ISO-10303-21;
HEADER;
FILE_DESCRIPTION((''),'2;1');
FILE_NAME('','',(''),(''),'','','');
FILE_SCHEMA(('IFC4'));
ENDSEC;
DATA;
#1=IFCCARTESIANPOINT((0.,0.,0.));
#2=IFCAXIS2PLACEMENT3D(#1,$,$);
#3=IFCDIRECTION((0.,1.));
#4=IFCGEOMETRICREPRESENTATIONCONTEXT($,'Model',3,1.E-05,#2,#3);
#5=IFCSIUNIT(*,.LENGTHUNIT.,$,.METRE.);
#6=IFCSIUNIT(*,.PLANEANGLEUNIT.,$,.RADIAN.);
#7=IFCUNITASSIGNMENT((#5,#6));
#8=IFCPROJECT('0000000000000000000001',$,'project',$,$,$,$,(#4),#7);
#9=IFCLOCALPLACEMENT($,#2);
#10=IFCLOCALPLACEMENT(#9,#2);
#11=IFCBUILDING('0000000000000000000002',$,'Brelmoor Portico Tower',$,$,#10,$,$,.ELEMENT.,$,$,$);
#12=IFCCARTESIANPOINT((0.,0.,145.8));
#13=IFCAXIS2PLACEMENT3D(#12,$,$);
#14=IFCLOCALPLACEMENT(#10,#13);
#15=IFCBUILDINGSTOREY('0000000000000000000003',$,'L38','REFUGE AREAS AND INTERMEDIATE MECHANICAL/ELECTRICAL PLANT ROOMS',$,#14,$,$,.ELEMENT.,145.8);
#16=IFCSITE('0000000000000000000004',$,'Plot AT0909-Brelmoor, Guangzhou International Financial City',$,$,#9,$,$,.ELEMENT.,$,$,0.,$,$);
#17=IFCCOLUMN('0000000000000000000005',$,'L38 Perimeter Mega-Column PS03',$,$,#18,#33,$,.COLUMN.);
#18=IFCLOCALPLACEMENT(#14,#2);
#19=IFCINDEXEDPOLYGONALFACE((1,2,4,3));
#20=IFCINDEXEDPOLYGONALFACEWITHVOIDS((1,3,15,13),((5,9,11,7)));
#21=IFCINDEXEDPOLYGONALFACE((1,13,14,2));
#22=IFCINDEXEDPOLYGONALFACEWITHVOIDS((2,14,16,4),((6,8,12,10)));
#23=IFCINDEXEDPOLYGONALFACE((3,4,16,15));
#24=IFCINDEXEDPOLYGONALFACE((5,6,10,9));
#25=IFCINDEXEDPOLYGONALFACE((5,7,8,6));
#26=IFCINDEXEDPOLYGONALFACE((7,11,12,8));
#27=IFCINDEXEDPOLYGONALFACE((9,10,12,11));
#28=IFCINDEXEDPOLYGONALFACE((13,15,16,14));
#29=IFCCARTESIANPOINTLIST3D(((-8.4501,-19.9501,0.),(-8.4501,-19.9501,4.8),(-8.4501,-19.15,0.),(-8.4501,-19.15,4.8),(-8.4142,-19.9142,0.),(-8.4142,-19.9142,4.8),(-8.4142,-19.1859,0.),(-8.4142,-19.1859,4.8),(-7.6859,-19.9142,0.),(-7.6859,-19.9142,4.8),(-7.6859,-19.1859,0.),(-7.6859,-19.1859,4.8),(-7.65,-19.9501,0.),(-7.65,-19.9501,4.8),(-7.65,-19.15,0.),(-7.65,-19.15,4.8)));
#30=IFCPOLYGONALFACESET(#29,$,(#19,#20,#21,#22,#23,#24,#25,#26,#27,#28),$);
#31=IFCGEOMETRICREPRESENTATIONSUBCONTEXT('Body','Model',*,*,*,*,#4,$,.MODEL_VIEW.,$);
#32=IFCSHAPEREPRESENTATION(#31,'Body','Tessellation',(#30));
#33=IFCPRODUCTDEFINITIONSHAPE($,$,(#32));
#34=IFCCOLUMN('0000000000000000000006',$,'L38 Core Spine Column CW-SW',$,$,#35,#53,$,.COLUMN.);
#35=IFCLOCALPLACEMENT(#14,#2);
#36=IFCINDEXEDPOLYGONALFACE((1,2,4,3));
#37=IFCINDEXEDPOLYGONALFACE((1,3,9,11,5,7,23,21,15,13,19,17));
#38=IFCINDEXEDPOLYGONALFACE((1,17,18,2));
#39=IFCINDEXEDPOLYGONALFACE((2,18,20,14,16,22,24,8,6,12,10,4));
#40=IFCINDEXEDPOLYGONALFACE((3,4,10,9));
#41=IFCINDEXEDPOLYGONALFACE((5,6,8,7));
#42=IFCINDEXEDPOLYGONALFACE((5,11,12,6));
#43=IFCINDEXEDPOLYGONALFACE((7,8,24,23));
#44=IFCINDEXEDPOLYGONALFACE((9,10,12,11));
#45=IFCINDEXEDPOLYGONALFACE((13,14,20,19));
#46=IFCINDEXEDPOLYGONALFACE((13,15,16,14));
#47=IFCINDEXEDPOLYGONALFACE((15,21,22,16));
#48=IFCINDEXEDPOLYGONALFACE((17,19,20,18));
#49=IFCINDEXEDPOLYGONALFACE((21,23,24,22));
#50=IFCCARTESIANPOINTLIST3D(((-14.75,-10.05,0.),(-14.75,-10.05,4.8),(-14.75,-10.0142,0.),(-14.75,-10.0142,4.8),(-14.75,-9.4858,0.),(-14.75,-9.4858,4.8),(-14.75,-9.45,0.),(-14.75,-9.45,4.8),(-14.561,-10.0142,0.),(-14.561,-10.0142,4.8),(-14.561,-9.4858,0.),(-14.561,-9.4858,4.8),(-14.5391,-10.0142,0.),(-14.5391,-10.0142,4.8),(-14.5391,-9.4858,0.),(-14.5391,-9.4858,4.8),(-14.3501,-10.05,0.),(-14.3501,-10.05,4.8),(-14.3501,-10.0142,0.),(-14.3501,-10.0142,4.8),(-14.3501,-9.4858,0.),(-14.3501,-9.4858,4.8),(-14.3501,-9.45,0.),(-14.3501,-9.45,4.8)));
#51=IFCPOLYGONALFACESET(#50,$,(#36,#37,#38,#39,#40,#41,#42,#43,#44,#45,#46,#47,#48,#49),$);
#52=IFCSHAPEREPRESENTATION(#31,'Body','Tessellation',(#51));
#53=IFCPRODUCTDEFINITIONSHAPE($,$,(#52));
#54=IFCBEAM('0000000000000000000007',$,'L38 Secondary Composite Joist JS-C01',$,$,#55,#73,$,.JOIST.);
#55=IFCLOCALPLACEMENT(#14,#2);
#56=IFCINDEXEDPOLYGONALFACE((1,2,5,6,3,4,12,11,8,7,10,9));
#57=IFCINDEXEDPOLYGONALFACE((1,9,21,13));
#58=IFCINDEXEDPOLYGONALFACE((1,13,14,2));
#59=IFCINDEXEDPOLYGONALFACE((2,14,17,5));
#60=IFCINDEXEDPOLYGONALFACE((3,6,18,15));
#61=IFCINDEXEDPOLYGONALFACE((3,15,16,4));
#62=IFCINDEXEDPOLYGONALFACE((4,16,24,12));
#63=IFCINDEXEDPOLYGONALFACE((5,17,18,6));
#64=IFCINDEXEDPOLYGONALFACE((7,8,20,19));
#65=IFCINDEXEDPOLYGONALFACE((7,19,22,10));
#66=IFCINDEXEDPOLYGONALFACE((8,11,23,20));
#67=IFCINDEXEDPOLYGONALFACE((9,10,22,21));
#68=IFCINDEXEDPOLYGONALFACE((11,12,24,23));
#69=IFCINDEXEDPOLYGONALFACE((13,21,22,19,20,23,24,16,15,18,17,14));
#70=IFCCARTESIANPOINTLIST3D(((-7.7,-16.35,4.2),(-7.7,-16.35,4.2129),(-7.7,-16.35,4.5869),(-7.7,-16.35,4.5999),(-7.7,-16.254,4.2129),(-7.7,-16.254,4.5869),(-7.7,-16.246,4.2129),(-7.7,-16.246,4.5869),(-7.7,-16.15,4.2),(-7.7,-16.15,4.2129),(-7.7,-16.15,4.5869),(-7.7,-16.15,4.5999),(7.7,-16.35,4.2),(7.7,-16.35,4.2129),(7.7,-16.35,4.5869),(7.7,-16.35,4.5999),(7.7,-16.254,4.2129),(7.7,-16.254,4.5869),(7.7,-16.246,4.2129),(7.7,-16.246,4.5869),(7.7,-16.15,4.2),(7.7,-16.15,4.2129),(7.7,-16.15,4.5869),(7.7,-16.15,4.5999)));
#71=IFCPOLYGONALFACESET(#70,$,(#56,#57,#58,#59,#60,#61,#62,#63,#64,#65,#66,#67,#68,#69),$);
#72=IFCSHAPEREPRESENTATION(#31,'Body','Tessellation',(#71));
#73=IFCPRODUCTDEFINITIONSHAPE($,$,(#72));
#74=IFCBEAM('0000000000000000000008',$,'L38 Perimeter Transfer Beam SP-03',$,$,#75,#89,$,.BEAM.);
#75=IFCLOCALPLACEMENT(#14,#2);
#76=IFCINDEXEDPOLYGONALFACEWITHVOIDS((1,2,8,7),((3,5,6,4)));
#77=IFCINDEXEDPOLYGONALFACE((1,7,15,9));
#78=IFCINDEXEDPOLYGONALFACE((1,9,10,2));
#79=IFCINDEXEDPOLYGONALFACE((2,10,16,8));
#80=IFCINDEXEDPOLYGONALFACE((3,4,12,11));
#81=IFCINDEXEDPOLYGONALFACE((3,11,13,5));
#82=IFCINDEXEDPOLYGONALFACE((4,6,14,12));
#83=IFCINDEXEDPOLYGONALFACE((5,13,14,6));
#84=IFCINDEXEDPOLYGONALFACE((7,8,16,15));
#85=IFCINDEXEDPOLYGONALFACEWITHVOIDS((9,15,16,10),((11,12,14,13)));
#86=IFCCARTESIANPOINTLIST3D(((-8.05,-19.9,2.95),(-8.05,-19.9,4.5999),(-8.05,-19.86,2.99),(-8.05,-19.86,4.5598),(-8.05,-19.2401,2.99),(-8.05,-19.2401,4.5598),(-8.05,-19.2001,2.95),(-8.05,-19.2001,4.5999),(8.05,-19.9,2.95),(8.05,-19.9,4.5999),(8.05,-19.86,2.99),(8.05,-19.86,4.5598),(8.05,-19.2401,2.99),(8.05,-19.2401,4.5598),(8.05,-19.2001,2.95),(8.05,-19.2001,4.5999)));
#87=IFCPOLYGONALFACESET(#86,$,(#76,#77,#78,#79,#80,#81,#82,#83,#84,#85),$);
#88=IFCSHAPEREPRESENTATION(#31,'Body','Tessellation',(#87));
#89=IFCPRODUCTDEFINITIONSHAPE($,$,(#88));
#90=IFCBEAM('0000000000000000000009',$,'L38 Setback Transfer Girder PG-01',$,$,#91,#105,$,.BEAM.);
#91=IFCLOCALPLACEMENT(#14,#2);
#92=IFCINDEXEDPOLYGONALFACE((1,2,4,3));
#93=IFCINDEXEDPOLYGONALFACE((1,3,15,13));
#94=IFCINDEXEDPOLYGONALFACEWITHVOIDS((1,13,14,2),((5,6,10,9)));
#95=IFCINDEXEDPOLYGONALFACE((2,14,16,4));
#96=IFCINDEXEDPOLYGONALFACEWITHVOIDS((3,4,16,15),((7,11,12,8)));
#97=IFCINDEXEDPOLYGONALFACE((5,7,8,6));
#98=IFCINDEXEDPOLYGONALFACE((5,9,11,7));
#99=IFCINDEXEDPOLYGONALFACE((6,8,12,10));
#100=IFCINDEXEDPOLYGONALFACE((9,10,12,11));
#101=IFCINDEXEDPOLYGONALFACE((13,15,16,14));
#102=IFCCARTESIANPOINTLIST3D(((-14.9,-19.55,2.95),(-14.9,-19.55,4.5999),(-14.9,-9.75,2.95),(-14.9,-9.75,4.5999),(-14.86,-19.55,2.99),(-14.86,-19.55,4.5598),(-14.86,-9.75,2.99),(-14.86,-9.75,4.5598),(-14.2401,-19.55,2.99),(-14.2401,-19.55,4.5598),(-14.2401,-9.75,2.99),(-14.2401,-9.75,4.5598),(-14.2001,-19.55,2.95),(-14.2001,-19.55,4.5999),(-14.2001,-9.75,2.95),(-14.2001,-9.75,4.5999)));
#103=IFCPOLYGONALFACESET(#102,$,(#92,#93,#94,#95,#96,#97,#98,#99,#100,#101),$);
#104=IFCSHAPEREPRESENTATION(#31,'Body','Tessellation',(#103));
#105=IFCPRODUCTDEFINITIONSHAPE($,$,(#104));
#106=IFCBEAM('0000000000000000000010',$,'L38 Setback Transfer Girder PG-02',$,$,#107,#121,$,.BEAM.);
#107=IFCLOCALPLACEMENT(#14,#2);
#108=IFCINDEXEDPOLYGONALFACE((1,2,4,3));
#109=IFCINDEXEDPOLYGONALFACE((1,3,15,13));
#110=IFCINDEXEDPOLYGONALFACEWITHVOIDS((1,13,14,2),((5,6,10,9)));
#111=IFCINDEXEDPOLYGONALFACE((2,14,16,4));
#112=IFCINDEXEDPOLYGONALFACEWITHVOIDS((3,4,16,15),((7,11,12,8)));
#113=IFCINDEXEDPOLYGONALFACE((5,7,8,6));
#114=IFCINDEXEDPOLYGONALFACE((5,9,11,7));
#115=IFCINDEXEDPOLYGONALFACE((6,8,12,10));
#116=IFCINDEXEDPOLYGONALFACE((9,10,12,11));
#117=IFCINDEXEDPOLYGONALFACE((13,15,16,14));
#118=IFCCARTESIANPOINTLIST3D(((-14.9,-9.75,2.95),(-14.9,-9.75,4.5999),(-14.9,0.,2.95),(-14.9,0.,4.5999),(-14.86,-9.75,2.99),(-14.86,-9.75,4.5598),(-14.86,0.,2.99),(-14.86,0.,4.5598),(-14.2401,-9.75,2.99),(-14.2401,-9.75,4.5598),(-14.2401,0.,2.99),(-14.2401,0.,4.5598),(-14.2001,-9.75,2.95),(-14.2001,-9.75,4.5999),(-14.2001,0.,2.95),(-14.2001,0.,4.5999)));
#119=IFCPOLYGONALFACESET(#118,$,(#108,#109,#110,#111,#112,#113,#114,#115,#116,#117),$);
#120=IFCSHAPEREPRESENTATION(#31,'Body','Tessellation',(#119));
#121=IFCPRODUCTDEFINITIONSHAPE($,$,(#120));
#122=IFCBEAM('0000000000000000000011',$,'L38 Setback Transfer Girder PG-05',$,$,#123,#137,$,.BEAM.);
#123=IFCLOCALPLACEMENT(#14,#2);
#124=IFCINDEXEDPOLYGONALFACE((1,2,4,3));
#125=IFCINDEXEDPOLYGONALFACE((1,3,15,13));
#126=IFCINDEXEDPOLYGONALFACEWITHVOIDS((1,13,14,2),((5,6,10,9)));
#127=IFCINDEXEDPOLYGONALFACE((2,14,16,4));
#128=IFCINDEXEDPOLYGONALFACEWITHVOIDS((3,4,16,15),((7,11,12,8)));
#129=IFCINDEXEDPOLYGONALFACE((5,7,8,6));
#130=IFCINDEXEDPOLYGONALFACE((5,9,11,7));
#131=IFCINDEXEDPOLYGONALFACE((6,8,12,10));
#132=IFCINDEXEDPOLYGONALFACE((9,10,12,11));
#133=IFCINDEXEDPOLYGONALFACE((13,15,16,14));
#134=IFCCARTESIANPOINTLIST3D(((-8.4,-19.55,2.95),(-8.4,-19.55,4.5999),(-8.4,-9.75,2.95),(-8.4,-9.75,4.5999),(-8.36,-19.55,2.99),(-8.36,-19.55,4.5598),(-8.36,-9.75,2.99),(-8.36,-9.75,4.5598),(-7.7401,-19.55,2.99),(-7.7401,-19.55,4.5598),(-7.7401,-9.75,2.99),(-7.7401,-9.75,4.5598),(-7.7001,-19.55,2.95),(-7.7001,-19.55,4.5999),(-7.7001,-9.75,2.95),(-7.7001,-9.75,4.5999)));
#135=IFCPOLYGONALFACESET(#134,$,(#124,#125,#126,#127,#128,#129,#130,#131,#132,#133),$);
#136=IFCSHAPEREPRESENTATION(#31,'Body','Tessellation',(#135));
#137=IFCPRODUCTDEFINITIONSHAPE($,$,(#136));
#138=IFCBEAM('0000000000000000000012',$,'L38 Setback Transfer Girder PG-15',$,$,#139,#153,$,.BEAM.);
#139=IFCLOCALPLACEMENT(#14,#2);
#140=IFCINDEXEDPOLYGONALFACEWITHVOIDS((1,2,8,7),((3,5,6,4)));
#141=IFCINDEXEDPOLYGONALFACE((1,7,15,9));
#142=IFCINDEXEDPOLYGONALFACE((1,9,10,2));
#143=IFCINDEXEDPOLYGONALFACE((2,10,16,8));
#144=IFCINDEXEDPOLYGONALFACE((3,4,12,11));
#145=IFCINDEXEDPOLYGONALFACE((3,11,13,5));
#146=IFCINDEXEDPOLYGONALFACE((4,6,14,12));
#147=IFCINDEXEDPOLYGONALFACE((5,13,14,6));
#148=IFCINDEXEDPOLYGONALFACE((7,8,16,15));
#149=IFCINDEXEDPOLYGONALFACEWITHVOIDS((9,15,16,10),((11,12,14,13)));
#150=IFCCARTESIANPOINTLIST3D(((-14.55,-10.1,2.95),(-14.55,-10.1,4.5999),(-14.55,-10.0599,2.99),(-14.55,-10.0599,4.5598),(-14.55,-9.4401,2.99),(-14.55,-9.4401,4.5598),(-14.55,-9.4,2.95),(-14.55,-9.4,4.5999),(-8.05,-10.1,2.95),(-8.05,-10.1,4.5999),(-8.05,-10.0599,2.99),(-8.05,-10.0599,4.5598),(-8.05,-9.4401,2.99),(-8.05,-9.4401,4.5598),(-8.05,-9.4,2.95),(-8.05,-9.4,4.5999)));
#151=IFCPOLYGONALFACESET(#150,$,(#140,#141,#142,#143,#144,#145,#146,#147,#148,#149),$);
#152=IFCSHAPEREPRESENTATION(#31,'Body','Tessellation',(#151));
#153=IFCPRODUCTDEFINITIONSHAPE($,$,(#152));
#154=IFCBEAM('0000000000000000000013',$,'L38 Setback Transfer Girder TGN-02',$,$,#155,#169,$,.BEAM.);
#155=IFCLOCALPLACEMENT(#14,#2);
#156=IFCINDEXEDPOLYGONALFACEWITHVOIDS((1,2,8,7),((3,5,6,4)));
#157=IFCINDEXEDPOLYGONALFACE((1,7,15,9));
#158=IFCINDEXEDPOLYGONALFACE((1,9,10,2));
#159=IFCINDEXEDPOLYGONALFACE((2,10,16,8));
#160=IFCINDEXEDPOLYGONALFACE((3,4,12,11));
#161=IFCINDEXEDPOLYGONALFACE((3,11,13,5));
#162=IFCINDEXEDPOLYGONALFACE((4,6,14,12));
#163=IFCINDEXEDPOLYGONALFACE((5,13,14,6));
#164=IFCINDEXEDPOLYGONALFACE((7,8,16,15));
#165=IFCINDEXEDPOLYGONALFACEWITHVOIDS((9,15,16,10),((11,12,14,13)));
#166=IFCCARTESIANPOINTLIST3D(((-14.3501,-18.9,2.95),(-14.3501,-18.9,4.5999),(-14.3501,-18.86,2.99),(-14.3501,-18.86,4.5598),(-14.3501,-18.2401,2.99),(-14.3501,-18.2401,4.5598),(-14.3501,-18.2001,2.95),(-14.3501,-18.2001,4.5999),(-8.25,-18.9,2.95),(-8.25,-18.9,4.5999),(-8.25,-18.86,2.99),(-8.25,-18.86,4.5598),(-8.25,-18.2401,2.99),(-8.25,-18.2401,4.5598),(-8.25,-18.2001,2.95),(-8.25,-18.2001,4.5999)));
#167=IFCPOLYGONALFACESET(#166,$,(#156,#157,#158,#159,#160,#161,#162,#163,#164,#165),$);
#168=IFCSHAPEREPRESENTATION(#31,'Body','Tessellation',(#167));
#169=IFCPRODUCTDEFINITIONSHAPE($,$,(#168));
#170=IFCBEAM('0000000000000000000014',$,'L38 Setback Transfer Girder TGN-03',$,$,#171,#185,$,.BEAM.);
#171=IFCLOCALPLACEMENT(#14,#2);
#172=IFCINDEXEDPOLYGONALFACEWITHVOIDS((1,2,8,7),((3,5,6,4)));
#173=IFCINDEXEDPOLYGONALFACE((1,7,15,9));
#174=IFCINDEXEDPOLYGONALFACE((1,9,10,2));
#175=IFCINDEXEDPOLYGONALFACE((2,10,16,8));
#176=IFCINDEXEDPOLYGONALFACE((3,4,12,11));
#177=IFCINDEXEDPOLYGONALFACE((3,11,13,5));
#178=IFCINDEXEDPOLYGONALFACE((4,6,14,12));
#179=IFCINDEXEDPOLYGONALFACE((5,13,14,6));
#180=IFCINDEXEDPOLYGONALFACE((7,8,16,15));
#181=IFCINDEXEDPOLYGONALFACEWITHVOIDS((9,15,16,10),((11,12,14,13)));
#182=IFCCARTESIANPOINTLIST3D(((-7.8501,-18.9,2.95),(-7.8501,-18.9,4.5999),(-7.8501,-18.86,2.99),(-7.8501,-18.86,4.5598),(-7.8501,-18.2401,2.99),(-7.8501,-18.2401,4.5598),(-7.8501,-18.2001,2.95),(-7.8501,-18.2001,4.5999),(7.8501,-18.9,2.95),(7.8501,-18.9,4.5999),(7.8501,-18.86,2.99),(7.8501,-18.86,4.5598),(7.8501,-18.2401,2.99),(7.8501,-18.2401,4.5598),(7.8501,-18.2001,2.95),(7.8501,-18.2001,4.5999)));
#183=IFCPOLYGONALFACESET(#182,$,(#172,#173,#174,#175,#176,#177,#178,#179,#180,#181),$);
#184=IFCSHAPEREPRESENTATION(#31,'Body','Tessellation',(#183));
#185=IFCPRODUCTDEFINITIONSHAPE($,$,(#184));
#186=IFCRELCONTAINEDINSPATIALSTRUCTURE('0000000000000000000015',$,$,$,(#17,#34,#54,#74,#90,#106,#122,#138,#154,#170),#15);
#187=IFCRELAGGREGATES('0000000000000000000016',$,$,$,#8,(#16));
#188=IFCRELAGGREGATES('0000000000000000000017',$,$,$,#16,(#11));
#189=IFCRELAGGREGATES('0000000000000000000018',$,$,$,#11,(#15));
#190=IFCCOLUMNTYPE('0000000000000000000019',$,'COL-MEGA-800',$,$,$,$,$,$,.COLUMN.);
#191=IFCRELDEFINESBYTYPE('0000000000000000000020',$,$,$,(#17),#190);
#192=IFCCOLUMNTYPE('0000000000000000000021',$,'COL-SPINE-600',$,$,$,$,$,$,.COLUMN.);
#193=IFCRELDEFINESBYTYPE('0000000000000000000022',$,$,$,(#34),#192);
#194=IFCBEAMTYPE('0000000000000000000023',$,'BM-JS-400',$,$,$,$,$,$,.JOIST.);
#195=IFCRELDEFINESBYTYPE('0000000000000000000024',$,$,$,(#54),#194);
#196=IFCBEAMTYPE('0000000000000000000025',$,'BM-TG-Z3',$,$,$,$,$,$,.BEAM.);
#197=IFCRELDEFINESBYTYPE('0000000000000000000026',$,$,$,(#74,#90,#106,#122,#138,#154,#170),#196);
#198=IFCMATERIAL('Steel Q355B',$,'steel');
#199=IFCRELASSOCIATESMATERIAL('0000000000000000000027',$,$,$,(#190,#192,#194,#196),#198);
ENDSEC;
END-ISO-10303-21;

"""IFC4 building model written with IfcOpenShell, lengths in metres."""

from ifc_helpers import new_model, si_unit, direction, frame, origin, origin_2d, place, context, subcontext, project, spatial, hollow_rectangle, i_section, extrude, material, material_profile, profile_set, type_object, element, save


model = new_model("IFC4")

# Units and contexts
model_context = context("Model", 3, precision=1e-05, world=origin(), true_north=direction((0.0, 1.0)))
body_context = subcontext(model_context, "Body", "Model", "MODEL_VIEW")
ifc_project = project(units=[si_unit("LENGTHUNIT", "METRE"), si_unit("PLANEANGLEUNIT", "RADIAN")], contexts=[model_context])

# Site, building, storey
site_placement = place(None, origin())
site = spatial("IfcSite", under=ifc_project, at=site_placement, Name="Plot AT0909-Brelmoor, Guangzhou International Financial City", CompositionType="ELEMENT", RefElevation=0.0)
building_placement = place(site_placement, origin())
building = spatial("IfcBuilding", under=site, at=building_placement, Name="Brelmoor Portico Tower", CompositionType="ELEMENT")
storey_placement = place(building_placement, frame((0.0, 0.0, 145.8)))
storey = spatial("IfcBuildingStorey", under=building, at=storey_placement, Name="L38", Description="REFUGE AREAS AND INTERMEDIATE MECHANICAL/ELECTRICAL PLANT ROOMS", CompositionType="ELEMENT", Elevation=145.8)

# Columns
ifc_material_1 = material(Name="Steel Q355B", Category="steel")
ifc_material_profile_1 = material_profile(ifc_material_1, hollow_rectangle(XDim=0.8, YDim=0.8, WallThickness=0.0359, at=origin_2d()), Name="BOX 800x800x36")
ifc_profile_set_1 = profile_set([ifc_material_profile_1], Name="Steel Q355B")
column_type_1 = type_object("IfcColumnType", Name="COL-MEGA-800", PredefinedType="COLUMN", material=ifc_profile_set_1)
column_1_placement = place(storey_placement, frame((-8.05, -19.55, 0.0), z_axis=(0.0, 0.0, 1.0), x_axis=(1.0, 0.0, 0.0)))
element("IfcColumn", 1, at=column_1_placement, inside=storey, type_object=column_type_1, Name="L38 Perimeter Mega-Column PS03", PredefinedType="COLUMN", context=body_context, shape_type="SweptSolid", body=[
    extrude(hollow_rectangle(XDim=0.8, YDim=0.8, WallThickness=0.0359, at=origin_2d()), origin(), (0.0, 0.0, 1.0), 4.8),
])
ifc_material_profile_2 = material_profile(ifc_material_1, i_section(OverallWidth=0.3999, OverallDepth=0.6001, WebThickness=0.022, FlangeThickness=0.0359, at=origin_2d()), Name="HW 600x400x22x36")
ifc_profile_set_2 = profile_set([ifc_material_profile_2], Name="Steel Q355B")
column_type_2 = type_object("IfcColumnType", Name="COL-SPINE-600", PredefinedType="COLUMN", material=ifc_profile_set_2)
column_2_placement = place(storey_placement, frame((-14.55, -9.75, 0.0), z_axis=(0.0, 0.0, 1.0), x_axis=(1.0, 0.0, 0.0)))
element("IfcColumn", 2, at=column_2_placement, inside=storey, type_object=column_type_2, Name="L38 Core Spine Column CW-SW", PredefinedType="COLUMN", context=body_context, shape_type="SweptSolid", body=[
    extrude(i_section(OverallWidth=0.3999, OverallDepth=0.6001, WebThickness=0.022, FlangeThickness=0.0359, at=origin_2d()), origin(), (0.0, 0.0, 1.0), 4.8),
])

# Beams
ifc_material_profile_3 = material_profile(ifc_material_1, i_section(OverallWidth=0.2, OverallDepth=0.3999, WebThickness=0.0081, FlangeThickness=0.0129, at=origin_2d()), Name="HN 400x200x8x13")
ifc_profile_set_3 = profile_set([ifc_material_profile_3], Name="Steel Q355B")
beam_type_1 = type_object("IfcBeamType", Name="BM-JS-400", PredefinedType="JOIST", material=ifc_profile_set_3)
beam_1_placement = place(storey_placement, frame((-7.7, -16.25, 4.3999), z_axis=(1.0, 0.0, 0.0), x_axis=(0.0, 1.0, 0.0)))
element("IfcBeam", 3, at=beam_1_placement, inside=storey, type_object=beam_type_1, Name="L38 Secondary Composite Joist JS-C01", PredefinedType="JOIST", context=body_context, shape_type="SweptSolid", body=[
    extrude(i_section(OverallWidth=0.2, OverallDepth=0.3999, WebThickness=0.0081, FlangeThickness=0.0129, at=origin_2d()), origin(), (0.0, 0.0, 1.0), 15.3999),
])
ifc_material_profile_4 = material_profile(ifc_material_1, hollow_rectangle(XDim=0.7, YDim=1.6499, WallThickness=0.04, at=origin_2d()), Name="BOX 700x1650x40")
ifc_profile_set_4 = profile_set([ifc_material_profile_4], Name="Steel Q355B")
beam_type_2 = type_object("IfcBeamType", Name="BM-TG-Z3", PredefinedType="BEAM", material=ifc_profile_set_4)
beam_2_placement = place(storey_placement, frame((-8.05, -19.55, 3.7749), z_axis=(1.0, 0.0, 0.0), x_axis=(0.0, 1.0, 0.0)))
element("IfcBeam", 4, at=beam_2_placement, inside=storey, type_object=beam_type_2, Name="L38 Perimeter Transfer Beam SP-03", PredefinedType="BEAM", context=body_context, shape_type="SweptSolid", body=[
    extrude(hollow_rectangle(XDim=0.7, YDim=1.6499, WallThickness=0.04, at=origin_2d()), origin(), (0.0, 0.0, 1.0), 16.1001),
])
beam_3_placement = place(storey_placement, frame((-14.55, -19.55, 3.7749), z_axis=(0.0, 1.0, 0.0), x_axis=(-1.0, 0.0, 0.0)))
element("IfcBeam", 5, at=beam_3_placement, inside=storey, type_object=beam_type_2, Name="L38 Setback Transfer Girder PG-01", PredefinedType="BEAM", context=body_context, shape_type="SweptSolid", body=[
    extrude(hollow_rectangle(XDim=0.7, YDim=1.6499, WallThickness=0.04, at=origin_2d()), origin(), (0.0, 0.0, 1.0), 9.8),
])
beam_4_placement = place(storey_placement, frame((-14.55, -9.75, 3.7749), z_axis=(0.0, 1.0, 0.0), x_axis=(-1.0, 0.0, 0.0)))
element("IfcBeam", 6, at=beam_4_placement, inside=storey, type_object=beam_type_2, Name="L38 Setback Transfer Girder PG-02", PredefinedType="BEAM", context=body_context, shape_type="SweptSolid", body=[
    extrude(hollow_rectangle(XDim=0.7, YDim=1.6499, WallThickness=0.04, at=origin_2d()), origin(), (0.0, 0.0, 1.0), 9.75),
])
beam_5_placement = place(storey_placement, frame((-8.05, -19.55, 3.7749), z_axis=(0.0, 1.0, 0.0), x_axis=(-1.0, 0.0, 0.0)))
element("IfcBeam", 7, at=beam_5_placement, inside=storey, type_object=beam_type_2, Name="L38 Setback Transfer Girder PG-05", PredefinedType="BEAM", context=body_context, shape_type="SweptSolid", body=[
    extrude(hollow_rectangle(XDim=0.7, YDim=1.6499, WallThickness=0.04, at=origin_2d()), origin(), (0.0, 0.0, 1.0), 9.8),
])
beam_6_placement = place(storey_placement, frame((-14.55, -9.75, 3.7749), z_axis=(1.0, 0.0, 0.0), x_axis=(0.0, 1.0, 0.0)))
element("IfcBeam", 8, at=beam_6_placement, inside=storey, type_object=beam_type_2, Name="L38 Setback Transfer Girder PG-15", PredefinedType="BEAM", context=body_context, shape_type="SweptSolid", body=[
    extrude(hollow_rectangle(XDim=0.7, YDim=1.6499, WallThickness=0.04, at=origin_2d()), origin(), (0.0, 0.0, 1.0), 6.5),
])
beam_7_placement = place(storey_placement, frame((-14.3501, -18.55, 3.7749), z_axis=(1.0, 0.0, 0.0), x_axis=(0.0, 1.0, 0.0)))
element("IfcBeam", 9, at=beam_7_placement, inside=storey, type_object=beam_type_2, Name="L38 Setback Transfer Girder TGN-02", PredefinedType="BEAM", context=body_context, shape_type="SweptSolid", body=[
    extrude(hollow_rectangle(XDim=0.7, YDim=1.6499, WallThickness=0.04, at=origin_2d()), origin(), (0.0, 0.0, 1.0), 6.1001),
])
beam_8_placement = place(storey_placement, frame((-7.8501, -18.55, 3.7749), z_axis=(1.0, 0.0, 0.0), x_axis=(0.0, 1.0, 0.0)))
element("IfcBeam", 10, at=beam_8_placement, inside=storey, type_object=beam_type_2, Name="L38 Setback Transfer Girder TGN-03", PredefinedType="BEAM", context=body_context, shape_type="SweptSolid", body=[
    extrude(hollow_rectangle(XDim=0.7, YDim=1.6499, WallThickness=0.04, at=origin_2d()), origin(), (0.0, 0.0, 1.0), 15.7002),
])

save(model, "model.ifc")
